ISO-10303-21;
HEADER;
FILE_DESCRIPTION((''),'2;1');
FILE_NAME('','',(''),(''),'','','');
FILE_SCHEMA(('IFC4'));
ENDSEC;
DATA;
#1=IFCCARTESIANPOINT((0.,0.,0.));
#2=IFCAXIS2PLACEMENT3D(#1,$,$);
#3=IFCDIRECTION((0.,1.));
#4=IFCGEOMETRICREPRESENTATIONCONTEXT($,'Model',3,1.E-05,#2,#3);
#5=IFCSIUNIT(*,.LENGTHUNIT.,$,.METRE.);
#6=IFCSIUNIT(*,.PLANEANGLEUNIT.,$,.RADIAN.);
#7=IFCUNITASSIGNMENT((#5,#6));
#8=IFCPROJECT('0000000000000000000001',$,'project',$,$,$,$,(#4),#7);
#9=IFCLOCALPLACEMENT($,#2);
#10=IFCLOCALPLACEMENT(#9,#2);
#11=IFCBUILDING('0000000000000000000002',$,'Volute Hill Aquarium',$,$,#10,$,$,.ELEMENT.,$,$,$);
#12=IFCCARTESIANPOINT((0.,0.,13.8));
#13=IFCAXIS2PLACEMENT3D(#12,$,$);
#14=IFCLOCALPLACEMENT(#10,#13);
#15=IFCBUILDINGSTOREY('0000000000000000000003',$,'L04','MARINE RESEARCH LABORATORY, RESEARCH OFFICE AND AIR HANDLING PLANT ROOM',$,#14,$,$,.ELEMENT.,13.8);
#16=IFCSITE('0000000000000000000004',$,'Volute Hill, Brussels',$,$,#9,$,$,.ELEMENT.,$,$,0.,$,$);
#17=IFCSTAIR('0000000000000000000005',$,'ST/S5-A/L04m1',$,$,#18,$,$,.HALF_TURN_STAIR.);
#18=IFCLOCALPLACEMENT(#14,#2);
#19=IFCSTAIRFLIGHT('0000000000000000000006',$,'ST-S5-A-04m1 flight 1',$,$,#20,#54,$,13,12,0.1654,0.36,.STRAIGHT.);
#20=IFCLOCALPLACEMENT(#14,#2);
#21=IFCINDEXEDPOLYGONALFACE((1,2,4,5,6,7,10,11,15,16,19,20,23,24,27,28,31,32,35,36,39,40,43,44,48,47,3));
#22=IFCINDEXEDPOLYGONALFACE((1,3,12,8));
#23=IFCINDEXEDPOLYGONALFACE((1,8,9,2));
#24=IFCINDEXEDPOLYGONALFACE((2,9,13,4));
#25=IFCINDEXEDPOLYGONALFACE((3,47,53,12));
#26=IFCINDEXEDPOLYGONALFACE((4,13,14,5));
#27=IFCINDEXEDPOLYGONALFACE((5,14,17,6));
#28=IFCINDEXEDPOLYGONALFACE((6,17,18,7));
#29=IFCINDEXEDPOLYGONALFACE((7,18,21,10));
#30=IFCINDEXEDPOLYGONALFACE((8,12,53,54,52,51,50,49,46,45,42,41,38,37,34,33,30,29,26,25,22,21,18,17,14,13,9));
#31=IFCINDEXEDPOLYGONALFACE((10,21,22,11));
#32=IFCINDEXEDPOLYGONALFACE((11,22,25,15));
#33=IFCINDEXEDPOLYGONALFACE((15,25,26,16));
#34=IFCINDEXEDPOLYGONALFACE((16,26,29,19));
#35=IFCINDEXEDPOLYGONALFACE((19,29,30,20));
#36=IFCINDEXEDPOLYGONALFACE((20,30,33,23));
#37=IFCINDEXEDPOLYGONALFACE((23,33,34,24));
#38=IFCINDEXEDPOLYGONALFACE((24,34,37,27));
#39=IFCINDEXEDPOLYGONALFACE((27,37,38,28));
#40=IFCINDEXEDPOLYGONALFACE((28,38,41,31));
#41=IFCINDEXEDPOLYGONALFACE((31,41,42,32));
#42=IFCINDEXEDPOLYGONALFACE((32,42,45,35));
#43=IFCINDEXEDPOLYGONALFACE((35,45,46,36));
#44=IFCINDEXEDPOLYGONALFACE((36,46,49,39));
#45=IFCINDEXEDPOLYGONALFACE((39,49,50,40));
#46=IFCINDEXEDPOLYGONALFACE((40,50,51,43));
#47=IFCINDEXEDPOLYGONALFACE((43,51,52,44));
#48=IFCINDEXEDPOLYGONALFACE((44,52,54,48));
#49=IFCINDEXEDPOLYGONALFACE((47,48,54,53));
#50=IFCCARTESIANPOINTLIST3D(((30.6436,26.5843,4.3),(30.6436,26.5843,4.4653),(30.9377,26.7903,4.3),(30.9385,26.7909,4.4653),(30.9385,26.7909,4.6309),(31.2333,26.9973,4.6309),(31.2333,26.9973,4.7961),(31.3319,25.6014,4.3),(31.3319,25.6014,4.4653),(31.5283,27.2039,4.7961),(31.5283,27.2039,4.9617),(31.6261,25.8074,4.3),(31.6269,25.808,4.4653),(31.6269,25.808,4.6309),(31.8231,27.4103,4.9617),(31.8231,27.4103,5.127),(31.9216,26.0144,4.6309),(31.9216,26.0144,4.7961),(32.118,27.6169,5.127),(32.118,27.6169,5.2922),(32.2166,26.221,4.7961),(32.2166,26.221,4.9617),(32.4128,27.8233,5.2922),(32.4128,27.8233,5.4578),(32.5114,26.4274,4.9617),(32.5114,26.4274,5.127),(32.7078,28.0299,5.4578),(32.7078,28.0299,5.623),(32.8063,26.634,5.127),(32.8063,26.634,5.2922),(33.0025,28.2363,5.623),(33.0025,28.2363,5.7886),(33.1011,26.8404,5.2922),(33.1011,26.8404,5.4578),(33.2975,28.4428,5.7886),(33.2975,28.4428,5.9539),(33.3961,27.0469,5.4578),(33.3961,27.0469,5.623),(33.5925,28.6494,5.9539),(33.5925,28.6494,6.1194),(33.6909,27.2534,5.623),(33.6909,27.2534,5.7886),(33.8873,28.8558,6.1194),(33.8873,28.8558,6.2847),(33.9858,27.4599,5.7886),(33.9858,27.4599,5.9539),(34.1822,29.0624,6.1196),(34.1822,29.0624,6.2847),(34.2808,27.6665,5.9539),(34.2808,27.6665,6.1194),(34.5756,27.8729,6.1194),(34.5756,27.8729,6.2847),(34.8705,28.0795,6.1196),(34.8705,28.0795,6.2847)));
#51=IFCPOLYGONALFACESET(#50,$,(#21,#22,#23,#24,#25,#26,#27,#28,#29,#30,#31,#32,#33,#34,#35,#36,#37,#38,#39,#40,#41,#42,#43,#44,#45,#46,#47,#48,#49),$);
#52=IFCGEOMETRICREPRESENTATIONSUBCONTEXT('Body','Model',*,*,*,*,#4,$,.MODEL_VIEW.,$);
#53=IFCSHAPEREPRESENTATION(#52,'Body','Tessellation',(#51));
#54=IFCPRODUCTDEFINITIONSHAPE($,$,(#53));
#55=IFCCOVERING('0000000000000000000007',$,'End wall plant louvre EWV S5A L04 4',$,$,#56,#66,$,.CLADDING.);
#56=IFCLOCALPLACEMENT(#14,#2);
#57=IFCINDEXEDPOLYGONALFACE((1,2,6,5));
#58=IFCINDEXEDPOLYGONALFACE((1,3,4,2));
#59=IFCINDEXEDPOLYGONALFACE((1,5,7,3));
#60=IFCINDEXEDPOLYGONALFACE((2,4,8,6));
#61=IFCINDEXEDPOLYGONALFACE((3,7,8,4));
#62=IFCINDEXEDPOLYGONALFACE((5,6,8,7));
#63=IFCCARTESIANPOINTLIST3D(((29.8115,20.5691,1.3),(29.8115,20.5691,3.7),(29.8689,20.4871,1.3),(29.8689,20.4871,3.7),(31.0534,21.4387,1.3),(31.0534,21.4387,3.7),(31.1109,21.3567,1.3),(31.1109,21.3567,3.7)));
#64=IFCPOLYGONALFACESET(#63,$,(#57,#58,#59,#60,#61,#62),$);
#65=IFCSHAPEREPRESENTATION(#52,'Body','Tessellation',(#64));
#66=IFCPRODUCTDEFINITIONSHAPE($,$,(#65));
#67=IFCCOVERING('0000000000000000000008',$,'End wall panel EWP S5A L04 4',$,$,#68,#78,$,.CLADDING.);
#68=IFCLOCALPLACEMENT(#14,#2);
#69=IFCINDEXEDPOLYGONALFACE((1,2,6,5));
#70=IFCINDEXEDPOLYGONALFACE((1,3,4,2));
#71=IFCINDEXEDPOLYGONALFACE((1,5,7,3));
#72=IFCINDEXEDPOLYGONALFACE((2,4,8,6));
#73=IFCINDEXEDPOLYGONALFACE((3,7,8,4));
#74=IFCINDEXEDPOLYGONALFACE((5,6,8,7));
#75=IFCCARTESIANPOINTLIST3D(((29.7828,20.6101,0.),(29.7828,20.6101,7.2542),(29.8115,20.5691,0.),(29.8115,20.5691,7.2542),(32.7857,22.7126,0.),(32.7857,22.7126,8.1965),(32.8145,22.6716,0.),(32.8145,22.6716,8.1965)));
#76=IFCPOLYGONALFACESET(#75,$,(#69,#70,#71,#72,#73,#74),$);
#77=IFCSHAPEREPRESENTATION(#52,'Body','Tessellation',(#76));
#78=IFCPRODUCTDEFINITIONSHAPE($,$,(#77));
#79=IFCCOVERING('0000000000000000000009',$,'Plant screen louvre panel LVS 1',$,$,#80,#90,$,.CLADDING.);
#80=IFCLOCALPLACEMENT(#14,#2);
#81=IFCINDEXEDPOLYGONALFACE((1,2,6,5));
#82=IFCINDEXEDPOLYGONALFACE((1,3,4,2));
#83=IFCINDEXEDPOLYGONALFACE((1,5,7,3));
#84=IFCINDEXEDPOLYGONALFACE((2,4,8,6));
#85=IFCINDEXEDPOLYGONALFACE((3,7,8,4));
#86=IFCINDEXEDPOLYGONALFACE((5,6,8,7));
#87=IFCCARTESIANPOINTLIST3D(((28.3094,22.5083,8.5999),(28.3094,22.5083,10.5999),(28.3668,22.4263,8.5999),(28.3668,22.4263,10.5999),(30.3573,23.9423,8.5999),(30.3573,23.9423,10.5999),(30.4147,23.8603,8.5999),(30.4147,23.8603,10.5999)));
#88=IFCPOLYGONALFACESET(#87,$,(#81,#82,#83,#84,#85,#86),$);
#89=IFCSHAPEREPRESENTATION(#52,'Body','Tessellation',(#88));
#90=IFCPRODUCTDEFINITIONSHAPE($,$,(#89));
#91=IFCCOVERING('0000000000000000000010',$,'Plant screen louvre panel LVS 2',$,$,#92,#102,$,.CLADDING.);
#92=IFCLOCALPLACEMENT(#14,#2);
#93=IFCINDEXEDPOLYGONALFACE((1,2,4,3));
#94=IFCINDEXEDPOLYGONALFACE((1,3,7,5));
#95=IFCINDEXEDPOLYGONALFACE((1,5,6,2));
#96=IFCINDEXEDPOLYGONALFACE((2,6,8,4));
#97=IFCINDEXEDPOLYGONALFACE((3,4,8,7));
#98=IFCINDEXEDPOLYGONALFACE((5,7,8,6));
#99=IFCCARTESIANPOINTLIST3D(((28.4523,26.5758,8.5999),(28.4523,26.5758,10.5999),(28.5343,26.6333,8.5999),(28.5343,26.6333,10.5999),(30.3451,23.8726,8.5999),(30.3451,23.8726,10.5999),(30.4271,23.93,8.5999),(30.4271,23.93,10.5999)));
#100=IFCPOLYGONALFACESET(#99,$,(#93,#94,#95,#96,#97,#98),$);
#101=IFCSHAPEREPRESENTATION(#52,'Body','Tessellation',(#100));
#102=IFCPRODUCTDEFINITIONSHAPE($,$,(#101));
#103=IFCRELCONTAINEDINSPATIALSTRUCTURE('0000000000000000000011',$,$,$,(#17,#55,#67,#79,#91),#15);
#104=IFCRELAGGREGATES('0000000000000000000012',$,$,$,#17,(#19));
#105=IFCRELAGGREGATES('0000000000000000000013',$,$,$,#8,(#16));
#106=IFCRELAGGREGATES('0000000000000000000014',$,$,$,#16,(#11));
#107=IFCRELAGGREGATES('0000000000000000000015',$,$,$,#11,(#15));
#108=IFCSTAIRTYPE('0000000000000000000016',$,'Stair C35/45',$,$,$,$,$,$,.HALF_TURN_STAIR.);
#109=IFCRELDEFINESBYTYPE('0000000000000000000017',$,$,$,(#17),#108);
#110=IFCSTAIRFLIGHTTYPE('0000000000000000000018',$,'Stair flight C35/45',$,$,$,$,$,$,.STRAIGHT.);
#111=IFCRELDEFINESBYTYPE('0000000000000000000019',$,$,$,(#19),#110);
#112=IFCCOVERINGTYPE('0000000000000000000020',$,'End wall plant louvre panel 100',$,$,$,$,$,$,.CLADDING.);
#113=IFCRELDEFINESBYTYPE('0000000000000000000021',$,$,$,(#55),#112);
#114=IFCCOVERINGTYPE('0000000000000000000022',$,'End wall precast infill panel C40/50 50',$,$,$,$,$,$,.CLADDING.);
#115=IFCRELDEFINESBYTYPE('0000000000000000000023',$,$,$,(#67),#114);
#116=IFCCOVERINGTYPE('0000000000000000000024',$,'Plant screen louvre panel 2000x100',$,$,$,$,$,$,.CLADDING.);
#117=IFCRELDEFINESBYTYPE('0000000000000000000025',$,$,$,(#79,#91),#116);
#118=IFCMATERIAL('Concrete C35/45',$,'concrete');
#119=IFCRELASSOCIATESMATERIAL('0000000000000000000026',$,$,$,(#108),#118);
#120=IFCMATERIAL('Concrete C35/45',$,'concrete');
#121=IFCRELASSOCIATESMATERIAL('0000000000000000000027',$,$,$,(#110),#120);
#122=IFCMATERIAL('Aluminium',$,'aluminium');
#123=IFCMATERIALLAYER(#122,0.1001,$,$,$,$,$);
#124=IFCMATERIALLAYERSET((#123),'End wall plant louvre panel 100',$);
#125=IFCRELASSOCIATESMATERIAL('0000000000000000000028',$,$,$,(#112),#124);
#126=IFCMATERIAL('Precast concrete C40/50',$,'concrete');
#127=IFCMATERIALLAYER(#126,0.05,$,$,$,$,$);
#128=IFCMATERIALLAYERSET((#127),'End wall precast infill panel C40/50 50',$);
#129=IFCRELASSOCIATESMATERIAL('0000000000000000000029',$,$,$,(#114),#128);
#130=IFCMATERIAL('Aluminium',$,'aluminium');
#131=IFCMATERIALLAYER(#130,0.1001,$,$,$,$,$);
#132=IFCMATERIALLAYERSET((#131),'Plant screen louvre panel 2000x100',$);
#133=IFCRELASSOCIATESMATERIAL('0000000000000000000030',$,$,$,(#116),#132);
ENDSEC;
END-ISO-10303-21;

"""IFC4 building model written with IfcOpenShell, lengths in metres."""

from ifc_helpers import new_model, si_unit, direction, frame, origin, origin_2d, place, context, subcontext, project, spatial, polyline, rectangle, outline, extrude, material, layer, layer_set, type_object, element, aggregate, save


model = new_model("IFC4")

# Units and contexts
model_context = context("Model", 3, precision=1e-05, world=origin(), true_north=direction((0.0, 1.0)))
body_context = subcontext(model_context, "Body", "Model", "MODEL_VIEW")
ifc_project = project(units=[si_unit("LENGTHUNIT", "METRE"), si_unit("PLANEANGLEUNIT", "RADIAN")], contexts=[model_context])

# Site, building, storey
site_placement = place(None, origin())
site = spatial("IfcSite", under=ifc_project, at=site_placement, Name="Volute Hill, Brussels", CompositionType="ELEMENT", RefElevation=0.0)
building_placement = place(site_placement, origin())
building = spatial("IfcBuilding", under=site, at=building_placement, Name="Volute Hill Aquarium", CompositionType="ELEMENT")
storey_placement = place(building_placement, frame((0.0, 0.0, 13.8)))
storey = spatial("IfcBuildingStorey", under=building, at=storey_placement, Name="L04", Description="MARINE RESEARCH LABORATORY, RESEARCH OFFICE AND AIR HANDLING PLANT ROOM", CompositionType="ELEMENT", Elevation=13.8)

# Stair, stair flight
ifc_material_1 = material(Name="Concrete C35/45", Category="concrete")
stair_type = type_object("IfcStairType", Name="Stair C35/45", PredefinedType="HALF_TURN_STAIR", material=ifc_material_1)
ifc_material_2 = material(Name="Concrete C35/45", Category="concrete")
stair_flight_type = type_object("IfcStairFlightType", Name="Stair flight C35/45", PredefinedType="STRAIGHT", material=ifc_material_2)
stair_1_placement = place(storey_placement, origin())
stair_1 = element("IfcStair", 1, at=stair_1_placement, inside=storey, type_object=stair_type, Name="ST/S5-A/L04m1", PredefinedType="HALF_TURN_STAIR")
stair_flight_1_placement = place(storey_placement, frame((30.9878, 26.0928, 4.3), z_axis=(0.0, 0.0, 1.0), x_axis=(0.819124, 0.573617, 0.0)))
stair_flight_1 = element("IfcStairFlight", 2, at=stair_flight_1_placement, type_object=stair_flight_type, Name="ST-S5-A-04m1 flight 1", NumberOfRisers=13, NumberOfTreads=12, PredefinedType="STRAIGHT", RiserHeight=0.1654, TreadLength=0.36, context=body_context, shape_type="SweptSolid", body=[
    extrude(outline(polyline([(0.0, 0.0), (0.0, 0.1653), (0.3601, 0.1653), (0.3601, 0.3308), (0.72, 0.3308), (0.72, 0.4961), (1.0801, 0.4961), (1.0801, 0.6616), (1.4399, 0.6616), (1.4399, 0.8269), (1.8, 0.8269), (1.8, 0.9922), (2.1599, 0.9922), (2.1599, 1.1577), (2.52, 1.1577), (2.52, 1.323), (2.8799, 1.323), (2.8799, 1.4885), (3.24, 1.4885), (3.24, 1.6538), (3.6001, 1.6538), (3.6001, 1.8193), (3.96, 1.8193), (3.96, 1.9846), (4.3201, 1.9846), (4.3201, 2.1499), (4.3201, 1.8196), (0.3591, 0.0), (0.0, 0.0)])), frame((0.0, 0.6001, 0.0), z_axis=(0.0, -1.0, 0.0), x_axis=(1.0, 0.0, 0.0)), (0.0, 0.0, 1.0), 1.2),
])
aggregate(stair_1, [stair_flight_1])

# Coverings
ifc_material_3 = material(Name="Aluminium", Category="aluminium")
ifc_layer_1 = layer(ifc_material_3, 0.1001)
ifc_layer_set_1 = layer_set([ifc_layer_1], Name="End wall plant louvre panel 100")
covering_type_1 = type_object("IfcCoveringType", Name="End wall plant louvre panel 100", PredefinedType="CLADDING", material=ifc_layer_set_1)
covering_1_placement = place(storey_placement, frame((30.4612, 20.9629, 1.3), z_axis=(0.0, 0.0, 1.0), x_axis=(0.81915, 0.573579, 0.0)))
element("IfcCovering", 3, at=covering_1_placement, inside=storey, type_object=covering_type_1, Name="End wall plant louvre EWV S5A L04 4", PredefinedType="CLADDING", context=body_context, shape_type="SweptSolid", body=[
    extrude(rectangle(XDim=1.5161, YDim=0.1001, at=origin_2d()), origin(), (0.0, 0.0, 1.0), 2.3999),
])
ifc_material_4 = material(Name="Precast concrete C40/50", Category="concrete")
ifc_layer_2 = layer(ifc_material_4, 0.05)
ifc_layer_set_2 = layer_set([ifc_layer_2], Name="End wall precast infill panel C40/50 50")
covering_type_2 = type_object("IfcCoveringType", Name="End wall precast infill panel C40/50 50", PredefinedType="CLADDING", material=ifc_layer_set_2)
covering_2_placement = place(storey_placement, frame((29.8115, 20.5691, 0.0), z_axis=(0.573552, -0.819169, 0.0), x_axis=(0.819169, 0.573552, 0.0)))
element("IfcCovering", 4, at=covering_2_placement, inside=storey, type_object=covering_type_2, Name="End wall panel EWP S5A L04 4", PredefinedType="CLADDING", context=body_context, shape_type="SweptSolid", body=[
    extrude(outline(polyline([(0.0, 0.0), (3.6658, 0.0), (3.6658, 8.1965), (0.0, 7.2542), (0.0, 0.0)])), origin(), (0.0, 0.0, -1.0), 0.05),
])

# Coverings
ifc_material_5 = material(Name="Aluminium", Category="aluminium")
ifc_layer_3 = layer(ifc_material_5, 0.1001)
ifc_layer_set_3 = layer_set([ifc_layer_3], Name="Plant screen louvre panel 2000x100")
covering_type_3 = type_object("IfcCoveringType", Name="Plant screen louvre panel 2000x100", PredefinedType="CLADDING", material=ifc_layer_set_3)
covering_3_placement = place(storey_placement, frame((29.3621, 23.1843, 8.5999), z_axis=(0.0, 0.0, 1.0), x_axis=(0.819145, 0.573586, 0.0)))
element("IfcCovering", 5, at=covering_3_placement, inside=storey, type_object=covering_type_3, Name="Plant screen louvre panel LVS 1", PredefinedType="CLADDING", context=body_context, shape_type="SweptSolid", body=[
    extrude(rectangle(XDim=2.5, YDim=0.1001, at=origin_2d()), origin(), (0.0, 0.0, 1.0), 2.0),
])
covering_4_placement = place(storey_placement, frame((29.4397, 25.2529, 8.5999), z_axis=(0.0, 0.0, 1.0), x_axis=(-0.573576, 0.819152, 0.0)))
element("IfcCovering", 6, at=covering_4_placement, inside=storey, type_object=covering_type_3, Name="Plant screen louvre panel LVS 2", PredefinedType="CLADDING", context=body_context, shape_type="SweptSolid", body=[
    extrude(rectangle(XDim=3.3, YDim=0.1001, at=origin_2d()), origin(), (0.0, 0.0, 1.0), 2.0),
])

save(model, "model.ifc")
